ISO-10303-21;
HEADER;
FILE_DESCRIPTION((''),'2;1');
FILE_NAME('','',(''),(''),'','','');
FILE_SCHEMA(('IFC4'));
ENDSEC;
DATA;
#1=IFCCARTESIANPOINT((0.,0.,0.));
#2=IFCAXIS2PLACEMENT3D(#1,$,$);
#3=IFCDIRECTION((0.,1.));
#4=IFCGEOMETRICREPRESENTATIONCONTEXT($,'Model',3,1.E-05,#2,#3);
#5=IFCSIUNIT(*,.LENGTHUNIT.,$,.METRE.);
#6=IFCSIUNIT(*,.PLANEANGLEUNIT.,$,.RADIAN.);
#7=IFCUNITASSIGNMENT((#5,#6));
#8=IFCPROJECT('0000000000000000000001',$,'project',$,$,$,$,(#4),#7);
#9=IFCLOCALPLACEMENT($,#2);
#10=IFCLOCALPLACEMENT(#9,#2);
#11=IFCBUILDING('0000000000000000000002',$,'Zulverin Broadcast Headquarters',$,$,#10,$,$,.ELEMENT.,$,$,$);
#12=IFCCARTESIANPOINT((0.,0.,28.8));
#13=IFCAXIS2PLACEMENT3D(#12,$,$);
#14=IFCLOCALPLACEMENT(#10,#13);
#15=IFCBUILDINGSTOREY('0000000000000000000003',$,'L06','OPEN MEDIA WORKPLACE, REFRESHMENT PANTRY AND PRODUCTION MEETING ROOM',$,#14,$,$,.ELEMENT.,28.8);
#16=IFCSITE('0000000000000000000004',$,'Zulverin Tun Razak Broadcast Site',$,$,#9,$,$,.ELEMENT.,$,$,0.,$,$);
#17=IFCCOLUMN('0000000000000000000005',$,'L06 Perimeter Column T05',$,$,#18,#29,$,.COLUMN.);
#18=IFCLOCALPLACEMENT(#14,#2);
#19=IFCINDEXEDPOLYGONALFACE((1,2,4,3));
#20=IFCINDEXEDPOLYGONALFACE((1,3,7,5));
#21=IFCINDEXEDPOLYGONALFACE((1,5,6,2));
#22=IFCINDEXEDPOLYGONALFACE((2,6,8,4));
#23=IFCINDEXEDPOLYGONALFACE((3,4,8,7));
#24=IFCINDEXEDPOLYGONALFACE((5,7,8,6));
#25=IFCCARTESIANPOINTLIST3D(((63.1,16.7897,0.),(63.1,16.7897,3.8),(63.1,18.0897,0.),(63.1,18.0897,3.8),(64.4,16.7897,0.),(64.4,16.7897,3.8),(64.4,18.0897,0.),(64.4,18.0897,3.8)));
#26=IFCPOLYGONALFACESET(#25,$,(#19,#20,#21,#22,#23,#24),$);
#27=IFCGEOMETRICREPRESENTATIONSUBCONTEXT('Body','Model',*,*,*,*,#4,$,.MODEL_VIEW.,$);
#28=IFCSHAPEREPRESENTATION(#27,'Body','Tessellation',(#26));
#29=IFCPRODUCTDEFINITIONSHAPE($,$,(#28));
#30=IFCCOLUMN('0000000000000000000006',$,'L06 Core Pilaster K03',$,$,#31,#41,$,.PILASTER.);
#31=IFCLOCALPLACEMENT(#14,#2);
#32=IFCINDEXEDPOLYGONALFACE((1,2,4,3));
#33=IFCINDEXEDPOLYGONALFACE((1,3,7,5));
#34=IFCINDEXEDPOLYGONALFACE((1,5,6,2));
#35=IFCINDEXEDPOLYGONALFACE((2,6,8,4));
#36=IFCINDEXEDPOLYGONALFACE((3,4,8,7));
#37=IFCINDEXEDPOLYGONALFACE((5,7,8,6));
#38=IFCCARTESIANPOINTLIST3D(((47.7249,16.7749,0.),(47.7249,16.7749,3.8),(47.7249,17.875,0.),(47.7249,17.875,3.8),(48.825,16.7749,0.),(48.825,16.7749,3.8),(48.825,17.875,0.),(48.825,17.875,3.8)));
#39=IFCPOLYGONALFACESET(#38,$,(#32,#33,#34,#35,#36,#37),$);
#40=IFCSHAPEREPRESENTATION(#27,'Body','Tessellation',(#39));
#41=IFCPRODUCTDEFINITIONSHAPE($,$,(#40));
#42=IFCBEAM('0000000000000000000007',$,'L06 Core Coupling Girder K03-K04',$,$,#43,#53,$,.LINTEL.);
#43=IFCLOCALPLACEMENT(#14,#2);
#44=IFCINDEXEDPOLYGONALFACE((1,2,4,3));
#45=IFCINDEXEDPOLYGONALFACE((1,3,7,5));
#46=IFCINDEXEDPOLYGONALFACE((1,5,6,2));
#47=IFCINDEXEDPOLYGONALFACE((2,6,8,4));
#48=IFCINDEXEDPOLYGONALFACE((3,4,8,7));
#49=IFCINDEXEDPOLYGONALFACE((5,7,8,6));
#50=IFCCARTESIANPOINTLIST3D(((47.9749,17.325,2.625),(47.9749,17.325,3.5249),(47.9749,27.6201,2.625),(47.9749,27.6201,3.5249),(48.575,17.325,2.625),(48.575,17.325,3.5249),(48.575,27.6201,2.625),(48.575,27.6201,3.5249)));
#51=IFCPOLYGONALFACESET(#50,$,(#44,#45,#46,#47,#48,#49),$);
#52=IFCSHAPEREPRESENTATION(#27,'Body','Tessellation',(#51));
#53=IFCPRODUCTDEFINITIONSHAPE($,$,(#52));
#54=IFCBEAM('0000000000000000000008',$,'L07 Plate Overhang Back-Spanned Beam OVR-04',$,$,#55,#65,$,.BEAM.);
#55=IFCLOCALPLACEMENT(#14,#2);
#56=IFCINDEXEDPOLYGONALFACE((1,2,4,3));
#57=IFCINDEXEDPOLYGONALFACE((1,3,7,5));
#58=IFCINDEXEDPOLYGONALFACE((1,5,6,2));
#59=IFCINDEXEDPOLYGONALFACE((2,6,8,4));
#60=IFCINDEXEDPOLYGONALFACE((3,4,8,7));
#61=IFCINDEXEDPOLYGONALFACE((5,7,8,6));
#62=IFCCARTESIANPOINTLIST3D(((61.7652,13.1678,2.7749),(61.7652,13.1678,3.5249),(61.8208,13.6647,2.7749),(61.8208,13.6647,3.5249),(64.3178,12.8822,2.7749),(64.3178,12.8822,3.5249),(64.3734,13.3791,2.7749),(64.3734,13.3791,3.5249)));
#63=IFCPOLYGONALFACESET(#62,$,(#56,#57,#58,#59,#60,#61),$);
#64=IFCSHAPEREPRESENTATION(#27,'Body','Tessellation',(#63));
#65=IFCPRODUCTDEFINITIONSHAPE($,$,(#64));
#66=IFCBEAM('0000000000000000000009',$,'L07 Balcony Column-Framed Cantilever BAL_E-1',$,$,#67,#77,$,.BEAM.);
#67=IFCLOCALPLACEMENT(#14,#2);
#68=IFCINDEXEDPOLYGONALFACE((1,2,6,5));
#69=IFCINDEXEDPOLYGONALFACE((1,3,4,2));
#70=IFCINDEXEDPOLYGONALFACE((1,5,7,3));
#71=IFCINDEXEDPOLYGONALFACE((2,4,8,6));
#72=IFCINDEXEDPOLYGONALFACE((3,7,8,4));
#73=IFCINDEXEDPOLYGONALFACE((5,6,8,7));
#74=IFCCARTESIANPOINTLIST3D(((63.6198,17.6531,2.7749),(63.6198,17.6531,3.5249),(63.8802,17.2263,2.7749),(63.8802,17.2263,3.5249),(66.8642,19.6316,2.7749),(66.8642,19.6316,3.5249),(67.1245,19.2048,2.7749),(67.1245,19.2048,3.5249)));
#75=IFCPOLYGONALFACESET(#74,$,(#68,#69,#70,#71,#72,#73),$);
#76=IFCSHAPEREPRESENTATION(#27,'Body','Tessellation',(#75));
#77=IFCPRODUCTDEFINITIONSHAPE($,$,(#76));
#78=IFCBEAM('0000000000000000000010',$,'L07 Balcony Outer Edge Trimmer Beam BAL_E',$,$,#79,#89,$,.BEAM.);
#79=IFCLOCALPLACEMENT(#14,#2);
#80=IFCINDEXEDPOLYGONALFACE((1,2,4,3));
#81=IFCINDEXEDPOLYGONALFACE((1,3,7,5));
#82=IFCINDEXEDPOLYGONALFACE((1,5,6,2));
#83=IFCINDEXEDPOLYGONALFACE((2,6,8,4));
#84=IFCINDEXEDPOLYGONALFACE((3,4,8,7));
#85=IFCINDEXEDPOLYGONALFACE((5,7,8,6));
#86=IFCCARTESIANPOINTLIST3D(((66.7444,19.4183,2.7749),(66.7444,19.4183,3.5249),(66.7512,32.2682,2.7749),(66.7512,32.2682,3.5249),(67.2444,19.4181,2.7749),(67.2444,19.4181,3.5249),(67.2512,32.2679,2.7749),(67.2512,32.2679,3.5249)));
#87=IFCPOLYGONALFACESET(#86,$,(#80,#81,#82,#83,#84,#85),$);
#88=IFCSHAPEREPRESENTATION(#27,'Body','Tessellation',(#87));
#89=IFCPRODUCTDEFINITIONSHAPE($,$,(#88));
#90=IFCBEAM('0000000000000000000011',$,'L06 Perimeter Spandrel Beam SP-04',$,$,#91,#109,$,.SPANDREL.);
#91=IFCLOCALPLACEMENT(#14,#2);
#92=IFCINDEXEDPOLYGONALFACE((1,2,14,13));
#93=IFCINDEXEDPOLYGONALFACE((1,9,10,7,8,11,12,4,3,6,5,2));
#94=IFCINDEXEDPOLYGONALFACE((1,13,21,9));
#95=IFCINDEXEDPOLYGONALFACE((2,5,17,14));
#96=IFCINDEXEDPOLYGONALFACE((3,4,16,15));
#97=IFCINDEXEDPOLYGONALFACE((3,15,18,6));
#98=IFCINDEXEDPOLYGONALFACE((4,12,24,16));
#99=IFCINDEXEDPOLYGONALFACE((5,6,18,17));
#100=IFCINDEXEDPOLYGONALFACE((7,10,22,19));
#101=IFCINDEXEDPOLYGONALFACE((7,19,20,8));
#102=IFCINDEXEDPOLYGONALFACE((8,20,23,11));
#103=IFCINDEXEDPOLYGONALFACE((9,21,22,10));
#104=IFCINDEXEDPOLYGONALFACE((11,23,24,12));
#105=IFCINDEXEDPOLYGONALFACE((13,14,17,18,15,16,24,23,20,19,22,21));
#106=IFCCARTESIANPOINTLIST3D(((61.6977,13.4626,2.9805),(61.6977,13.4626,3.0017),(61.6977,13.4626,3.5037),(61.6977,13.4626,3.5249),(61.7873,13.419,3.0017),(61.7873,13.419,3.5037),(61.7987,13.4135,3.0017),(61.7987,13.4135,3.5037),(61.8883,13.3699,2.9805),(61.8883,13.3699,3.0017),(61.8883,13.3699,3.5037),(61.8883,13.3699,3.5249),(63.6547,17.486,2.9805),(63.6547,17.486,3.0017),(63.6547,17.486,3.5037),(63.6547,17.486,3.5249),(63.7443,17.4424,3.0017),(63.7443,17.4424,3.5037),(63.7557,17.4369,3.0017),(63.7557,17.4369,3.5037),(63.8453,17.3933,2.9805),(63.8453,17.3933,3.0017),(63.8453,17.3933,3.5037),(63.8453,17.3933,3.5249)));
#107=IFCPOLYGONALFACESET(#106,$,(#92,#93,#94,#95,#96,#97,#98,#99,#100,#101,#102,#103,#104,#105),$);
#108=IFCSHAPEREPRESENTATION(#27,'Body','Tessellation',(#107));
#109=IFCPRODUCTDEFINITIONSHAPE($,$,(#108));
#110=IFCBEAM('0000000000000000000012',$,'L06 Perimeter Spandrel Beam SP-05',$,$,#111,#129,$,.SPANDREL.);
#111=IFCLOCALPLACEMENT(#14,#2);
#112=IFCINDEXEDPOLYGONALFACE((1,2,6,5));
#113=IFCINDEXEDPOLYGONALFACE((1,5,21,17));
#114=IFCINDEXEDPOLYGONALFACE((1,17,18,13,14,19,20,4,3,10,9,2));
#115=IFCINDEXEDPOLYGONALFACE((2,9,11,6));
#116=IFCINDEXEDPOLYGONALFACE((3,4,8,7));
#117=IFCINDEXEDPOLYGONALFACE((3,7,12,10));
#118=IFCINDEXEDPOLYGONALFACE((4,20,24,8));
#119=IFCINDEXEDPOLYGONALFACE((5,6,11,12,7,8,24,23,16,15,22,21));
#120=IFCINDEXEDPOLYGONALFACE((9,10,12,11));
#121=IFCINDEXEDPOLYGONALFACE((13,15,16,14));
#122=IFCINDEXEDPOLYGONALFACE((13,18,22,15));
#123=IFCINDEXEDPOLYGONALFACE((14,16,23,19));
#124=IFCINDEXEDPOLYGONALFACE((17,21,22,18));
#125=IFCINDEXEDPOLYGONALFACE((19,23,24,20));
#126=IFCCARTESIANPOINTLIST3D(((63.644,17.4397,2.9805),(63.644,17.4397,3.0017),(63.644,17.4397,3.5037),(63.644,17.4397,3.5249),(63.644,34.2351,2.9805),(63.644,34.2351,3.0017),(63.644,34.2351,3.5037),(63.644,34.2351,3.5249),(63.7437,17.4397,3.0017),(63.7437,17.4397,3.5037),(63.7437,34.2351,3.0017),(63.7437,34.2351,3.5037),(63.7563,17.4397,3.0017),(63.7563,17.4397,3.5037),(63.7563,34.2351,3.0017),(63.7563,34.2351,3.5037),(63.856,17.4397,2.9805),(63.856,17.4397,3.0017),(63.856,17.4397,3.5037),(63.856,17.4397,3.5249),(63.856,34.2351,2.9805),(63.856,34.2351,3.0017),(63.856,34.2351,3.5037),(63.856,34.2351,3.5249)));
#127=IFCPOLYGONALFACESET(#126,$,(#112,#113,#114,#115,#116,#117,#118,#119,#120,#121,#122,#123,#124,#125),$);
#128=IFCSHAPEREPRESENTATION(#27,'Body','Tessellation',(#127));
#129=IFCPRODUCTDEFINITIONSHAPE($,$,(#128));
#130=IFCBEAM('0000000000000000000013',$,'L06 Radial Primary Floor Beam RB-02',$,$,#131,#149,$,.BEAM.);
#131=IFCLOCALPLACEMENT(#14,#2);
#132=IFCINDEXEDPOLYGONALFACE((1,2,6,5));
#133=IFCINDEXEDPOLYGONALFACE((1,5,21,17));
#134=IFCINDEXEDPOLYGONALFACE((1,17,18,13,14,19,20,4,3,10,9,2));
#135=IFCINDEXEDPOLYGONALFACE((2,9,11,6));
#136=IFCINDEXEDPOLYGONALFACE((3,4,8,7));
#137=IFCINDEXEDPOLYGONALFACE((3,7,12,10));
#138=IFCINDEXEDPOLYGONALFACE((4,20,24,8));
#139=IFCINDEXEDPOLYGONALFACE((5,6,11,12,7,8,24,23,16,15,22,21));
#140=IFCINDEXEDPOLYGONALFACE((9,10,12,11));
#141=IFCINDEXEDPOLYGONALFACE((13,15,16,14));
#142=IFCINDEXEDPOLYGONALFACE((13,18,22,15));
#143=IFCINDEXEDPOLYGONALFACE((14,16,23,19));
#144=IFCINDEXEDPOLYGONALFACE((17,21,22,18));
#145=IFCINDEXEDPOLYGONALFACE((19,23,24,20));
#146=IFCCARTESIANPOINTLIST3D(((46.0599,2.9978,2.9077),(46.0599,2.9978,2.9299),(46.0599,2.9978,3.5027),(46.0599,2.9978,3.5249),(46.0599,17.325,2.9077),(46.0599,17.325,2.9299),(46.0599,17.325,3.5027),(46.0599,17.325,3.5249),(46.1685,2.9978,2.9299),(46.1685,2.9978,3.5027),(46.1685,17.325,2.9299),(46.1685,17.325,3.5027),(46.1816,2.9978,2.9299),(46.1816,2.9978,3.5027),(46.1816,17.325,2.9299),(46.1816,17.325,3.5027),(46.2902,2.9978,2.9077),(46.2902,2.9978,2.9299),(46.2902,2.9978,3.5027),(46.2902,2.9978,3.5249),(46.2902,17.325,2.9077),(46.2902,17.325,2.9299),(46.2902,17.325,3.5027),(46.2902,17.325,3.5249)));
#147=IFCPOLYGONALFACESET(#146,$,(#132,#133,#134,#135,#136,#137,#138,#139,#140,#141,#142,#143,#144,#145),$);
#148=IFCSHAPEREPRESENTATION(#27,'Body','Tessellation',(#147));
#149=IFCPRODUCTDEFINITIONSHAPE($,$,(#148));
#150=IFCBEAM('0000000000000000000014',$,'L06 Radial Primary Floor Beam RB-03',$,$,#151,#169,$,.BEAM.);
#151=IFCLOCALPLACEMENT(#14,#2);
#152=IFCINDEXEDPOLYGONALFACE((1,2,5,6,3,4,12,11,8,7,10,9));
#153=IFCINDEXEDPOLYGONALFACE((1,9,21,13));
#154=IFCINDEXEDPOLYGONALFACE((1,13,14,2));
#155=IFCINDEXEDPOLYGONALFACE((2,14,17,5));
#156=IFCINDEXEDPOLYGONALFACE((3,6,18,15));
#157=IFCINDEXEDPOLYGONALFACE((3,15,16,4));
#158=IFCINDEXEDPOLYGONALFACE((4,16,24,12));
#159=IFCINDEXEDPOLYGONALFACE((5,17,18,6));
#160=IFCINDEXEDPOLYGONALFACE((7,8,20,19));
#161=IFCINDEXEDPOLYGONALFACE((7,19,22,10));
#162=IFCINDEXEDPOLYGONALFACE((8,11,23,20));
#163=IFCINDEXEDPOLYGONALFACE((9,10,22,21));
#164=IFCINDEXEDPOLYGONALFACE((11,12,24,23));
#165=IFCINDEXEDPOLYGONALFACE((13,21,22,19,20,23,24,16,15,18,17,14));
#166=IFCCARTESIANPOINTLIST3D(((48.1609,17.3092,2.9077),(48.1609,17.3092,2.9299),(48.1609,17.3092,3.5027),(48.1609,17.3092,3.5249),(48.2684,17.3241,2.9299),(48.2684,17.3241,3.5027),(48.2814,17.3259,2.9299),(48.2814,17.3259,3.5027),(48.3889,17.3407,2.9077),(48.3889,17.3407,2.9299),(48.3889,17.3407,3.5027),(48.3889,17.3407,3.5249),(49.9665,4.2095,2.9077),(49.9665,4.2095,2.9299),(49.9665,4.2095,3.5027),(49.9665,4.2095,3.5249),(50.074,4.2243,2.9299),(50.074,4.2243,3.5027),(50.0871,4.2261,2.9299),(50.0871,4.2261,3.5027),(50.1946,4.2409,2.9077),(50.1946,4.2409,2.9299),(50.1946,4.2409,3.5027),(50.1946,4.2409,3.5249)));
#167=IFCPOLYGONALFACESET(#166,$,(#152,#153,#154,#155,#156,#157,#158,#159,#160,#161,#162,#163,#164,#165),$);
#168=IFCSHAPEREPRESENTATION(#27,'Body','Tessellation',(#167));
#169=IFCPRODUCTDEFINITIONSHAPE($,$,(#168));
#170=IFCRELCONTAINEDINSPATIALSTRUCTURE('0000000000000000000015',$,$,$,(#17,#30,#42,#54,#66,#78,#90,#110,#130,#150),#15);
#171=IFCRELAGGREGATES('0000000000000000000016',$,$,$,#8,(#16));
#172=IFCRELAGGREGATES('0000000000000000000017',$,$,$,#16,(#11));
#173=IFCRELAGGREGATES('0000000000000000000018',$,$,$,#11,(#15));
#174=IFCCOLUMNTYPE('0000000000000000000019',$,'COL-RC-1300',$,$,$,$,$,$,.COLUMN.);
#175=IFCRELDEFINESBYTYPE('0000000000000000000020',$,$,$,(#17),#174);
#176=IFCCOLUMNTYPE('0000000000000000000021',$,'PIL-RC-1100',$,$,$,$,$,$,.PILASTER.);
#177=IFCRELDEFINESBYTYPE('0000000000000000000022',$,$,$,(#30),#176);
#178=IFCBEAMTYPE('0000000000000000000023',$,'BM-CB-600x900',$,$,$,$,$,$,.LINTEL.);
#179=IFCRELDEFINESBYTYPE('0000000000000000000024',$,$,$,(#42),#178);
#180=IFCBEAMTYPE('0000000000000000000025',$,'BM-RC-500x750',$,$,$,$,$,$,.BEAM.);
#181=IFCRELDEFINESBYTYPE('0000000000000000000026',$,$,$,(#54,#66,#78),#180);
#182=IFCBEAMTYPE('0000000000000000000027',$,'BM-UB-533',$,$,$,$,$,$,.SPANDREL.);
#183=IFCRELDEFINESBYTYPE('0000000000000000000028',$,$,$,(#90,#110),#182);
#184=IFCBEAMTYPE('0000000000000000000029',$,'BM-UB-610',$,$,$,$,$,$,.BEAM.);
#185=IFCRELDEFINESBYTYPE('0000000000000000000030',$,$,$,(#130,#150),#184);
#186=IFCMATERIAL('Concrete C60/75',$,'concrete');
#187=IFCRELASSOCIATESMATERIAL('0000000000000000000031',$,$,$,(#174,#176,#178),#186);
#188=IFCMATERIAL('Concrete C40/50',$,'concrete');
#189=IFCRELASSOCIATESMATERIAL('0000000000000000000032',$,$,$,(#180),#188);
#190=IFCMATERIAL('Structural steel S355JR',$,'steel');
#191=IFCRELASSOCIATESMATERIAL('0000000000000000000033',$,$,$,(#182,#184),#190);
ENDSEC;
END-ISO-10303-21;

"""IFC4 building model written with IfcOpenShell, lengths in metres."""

from ifc_helpers import new_model, si_unit, direction, frame, origin, origin_2d, place, context, subcontext, project, spatial, rectangle, i_section, extrude, material, material_profile, profile_set, type_object, element, save


model = new_model("IFC4")

# Units and contexts
model_context = context("Model", 3, precision=1e-05, world=origin(), true_north=direction((0.0, 1.0)))
body_context = subcontext(model_context, "Body", "Model", "MODEL_VIEW")
ifc_project = project(units=[si_unit("LENGTHUNIT", "METRE"), si_unit("PLANEANGLEUNIT", "RADIAN")], contexts=[model_context])

# Site, building, storey
site_placement = place(None, origin())
site = spatial("IfcSite", under=ifc_project, at=site_placement, Name="Zulverin Tun Razak Broadcast Site", CompositionType="ELEMENT", RefElevation=0.0)
building_placement = place(site_placement, origin())
building = spatial("IfcBuilding", under=site, at=building_placement, Name="Zulverin Broadcast Headquarters", CompositionType="ELEMENT")
storey_placement = place(building_placement, frame((0.0, 0.0, 28.8)))
storey = spatial("IfcBuildingStorey", under=building, at=storey_placement, Name="L06", Description="OPEN MEDIA WORKPLACE, REFRESHMENT PANTRY AND PRODUCTION MEETING ROOM", CompositionType="ELEMENT", Elevation=28.8)

# Columns
ifc_material_1 = material(Name="Concrete C60/75", Category="concrete")
ifc_material_profile_1 = material_profile(ifc_material_1, rectangle(XDim=1.3, YDim=1.3, at=origin_2d()), Name="Concrete C60/75", Category="concrete")
ifc_profile_set_1 = profile_set([ifc_material_profile_1], Name="Concrete C60/75")
column_type_1 = type_object("IfcColumnType", Name="COL-RC-1300", PredefinedType="COLUMN", material=ifc_profile_set_1)
column_1_placement = place(storey_placement, frame((63.75, 17.4397, 0.0), z_axis=(0.0, 0.0, 1.0), x_axis=(1.0, 0.0, 0.0)))
element("IfcColumn", 1, at=column_1_placement, inside=storey, type_object=column_type_1, Name="L06 Perimeter Column T05", PredefinedType="COLUMN", context=body_context, shape_type="SweptSolid", body=[
    extrude(rectangle(XDim=1.3, YDim=1.3, at=origin_2d()), origin(), (0.0, 0.0, 1.0), 3.8),
])
ifc_material_profile_2 = material_profile(ifc_material_1, rectangle(XDim=1.1001, YDim=1.1001, at=origin_2d()), Name="Concrete C60/75", Category="concrete")
ifc_profile_set_2 = profile_set([ifc_material_profile_2], Name="Concrete C60/75")
column_type_2 = type_object("IfcColumnType", Name="PIL-RC-1100", PredefinedType="PILASTER", material=ifc_profile_set_2)
column_2_placement = place(storey_placement, frame((48.2749, 17.325, 0.0), z_axis=(0.0, 0.0, 1.0), x_axis=(1.0, 0.0, 0.0)))
element("IfcColumn", 2, at=column_2_placement, inside=storey, type_object=column_type_2, Name="L06 Core Pilaster K03", PredefinedType="PILASTER", context=body_context, shape_type="SweptSolid", body=[
    extrude(rectangle(XDim=1.1001, YDim=1.1001, at=origin_2d()), origin(), (0.0, 0.0, 1.0), 3.8),
])

# Beams
ifc_material_profile_3 = material_profile(ifc_material_1, rectangle(XDim=0.6001, YDim=0.8999, at=origin_2d()), Name="Concrete C60/75", Category="concrete")
ifc_profile_set_3 = profile_set([ifc_material_profile_3], Name="Concrete C60/75")
beam_type_1 = type_object("IfcBeamType", Name="BM-CB-600x900", PredefinedType="LINTEL", material=ifc_profile_set_3)
beam_1_placement = place(storey_placement, frame((48.2749, 17.325, 3.075), z_axis=(0.0, 1.0, 0.0), x_axis=(-1.0, 0.0, 0.0)))
element("IfcBeam", 3, at=beam_1_placement, inside=storey, type_object=beam_type_1, Name="L06 Core Coupling Girder K03-K04", PredefinedType="LINTEL", context=body_context, shape_type="SweptSolid", body=[
    extrude(rectangle(XDim=0.6001, YDim=0.8999, at=origin_2d()), origin(), (0.0, 0.0, 1.0), 10.2952),
])
ifc_material_2 = material(Name="Concrete C40/50", Category="concrete")
ifc_material_profile_4 = material_profile(ifc_material_2, rectangle(XDim=0.5, YDim=0.75, at=origin_2d()), Name="Concrete C40/50", Category="concrete")
ifc_profile_set_4 = profile_set([ifc_material_profile_4], Name="Concrete C40/50")
beam_type_2 = type_object("IfcBeamType", Name="BM-RC-500x750", PredefinedType="BEAM", material=ifc_profile_set_4)
beam_2_placement = place(storey_placement, frame((61.793, 13.4163, 3.1499), z_axis=(0.993798, -0.111203, 0.0), x_axis=(0.111203, 0.993798, 0.0)))
element("IfcBeam", 4, at=beam_2_placement, inside=storey, type_object=beam_type_2, Name="L07 Plate Overhang Back-Spanned Beam OVR-04", PredefinedType="BEAM", context=body_context, shape_type="SweptSolid", body=[
    extrude(rectangle(XDim=0.5, YDim=0.75, at=origin_2d()), origin(), (0.0, 0.0, 1.0), 2.5686),
])
beam_3_placement = place(storey_placement, frame((63.75, 17.4397, 3.1499), z_axis=(0.853769, 0.520652, 0.0), x_axis=(-0.520652, 0.853769, 0.0)))
element("IfcBeam", 5, at=beam_3_placement, inside=storey, type_object=beam_type_2, Name="L07 Balcony Column-Framed Cantilever BAL_E-1", PredefinedType="BEAM", context=body_context, shape_type="SweptSolid", body=[
    extrude(rectangle(XDim=0.5, YDim=0.75, at=origin_2d()), origin(), (0.0, 0.0, 1.0), 3.8),
])
beam_4_placement = place(storey_placement, frame((66.9944, 19.4182, 3.1499), z_axis=(0.000532, 1.0, 0.0), x_axis=(-1.0, 0.000532, 0.0)))
element("IfcBeam", 6, at=beam_4_placement, inside=storey, type_object=beam_type_2, Name="L07 Balcony Outer Edge Trimmer Beam BAL_E", PredefinedType="BEAM", context=body_context, shape_type="SweptSolid", body=[
    extrude(rectangle(XDim=0.5, YDim=0.75, at=origin_2d()), origin(), (0.0, 0.0, 1.0), 12.8499),
])
ifc_material_3 = material(Name="Structural steel S355JR", Category="steel")
ifc_material_profile_5 = material_profile(ifc_material_3, i_section(OverallWidth=0.2119, OverallDepth=0.5444, WebThickness=0.0127, FlangeThickness=0.0212, at=origin_2d()), Name="Structural steel S355JR", Category="steel")
ifc_profile_set_5 = profile_set([ifc_material_profile_5], Name="Structural steel S355JR")
beam_type_3 = type_object("IfcBeamType", Name="BM-UB-533", PredefinedType="SPANDREL", material=ifc_profile_set_5)
beam_5_placement = place(storey_placement, frame((61.793, 13.4163, 3.2527), z_axis=(0.437408, 0.899263, 0.0), x_axis=(-0.899263, 0.437408, 0.0)))
element("IfcBeam", 7, at=beam_5_placement, inside=storey, type_object=beam_type_3, Name="L06 Perimeter Spandrel Beam SP-04", PredefinedType="SPANDREL", context=body_context, shape_type="SweptSolid", body=[
    extrude(i_section(OverallWidth=0.2119, OverallDepth=0.5444, WebThickness=0.0127, FlangeThickness=0.0212, at=origin_2d()), origin(), (0.0, 0.0, 1.0), 4.4741),
])
beam_6_placement = place(storey_placement, frame((63.75, 17.4397, 3.2527), z_axis=(0.0, 1.0, 0.0), x_axis=(-1.0, 0.0, 0.0)))
element("IfcBeam", 8, at=beam_6_placement, inside=storey, type_object=beam_type_3, Name="L06 Perimeter Spandrel Beam SP-05", PredefinedType="SPANDREL", context=body_context, shape_type="SweptSolid", body=[
    extrude(i_section(OverallWidth=0.2119, OverallDepth=0.5444, WebThickness=0.0127, FlangeThickness=0.0212, at=origin_2d()), origin(), (0.0, 0.0, 1.0), 16.7954),
])
ifc_material_profile_6 = material_profile(ifc_material_3, i_section(OverallWidth=0.2302, OverallDepth=0.6172, WebThickness=0.0132, FlangeThickness=0.0222, at=origin_2d()), Name="Structural steel S355JR", Category="steel")
ifc_profile_set_6 = profile_set([ifc_material_profile_6], Name="Structural steel S355JR")
beam_type_4 = type_object("IfcBeamType", Name="BM-UB-610", PredefinedType="BEAM", material=ifc_profile_set_6)
beam_7_placement = place(storey_placement, frame((46.175, 17.325, 3.2163), z_axis=(0.0, -1.0, 0.0), x_axis=(1.0, 0.0, 0.0)))
element("IfcBeam", 9, at=beam_7_placement, inside=storey, type_object=beam_type_4, Name="L06 Radial Primary Floor Beam RB-02", PredefinedType="BEAM", context=body_context, shape_type="SweptSolid", body=[
    extrude(i_section(OverallWidth=0.2302, OverallDepth=0.6172, WebThickness=0.0132, FlangeThickness=0.0222, at=origin_2d()), origin(), (0.0, 0.0, 1.0), 14.3271),
])
beam_8_placement = place(storey_placement, frame((48.2749, 17.325, 3.2163), z_axis=(0.136547, -0.990634, 0.0), x_axis=(0.990634, 0.136547, 0.0)))
element("IfcBeam", 10, at=beam_8_placement, inside=storey, type_object=beam_type_4, Name="L06 Radial Primary Floor Beam RB-03", PredefinedType="BEAM", context=body_context, shape_type="SweptSolid", body=[
    extrude(i_section(OverallWidth=0.2302, OverallDepth=0.6172, WebThickness=0.0132, FlangeThickness=0.0222, at=origin_2d()), origin(), (0.0, 0.0, 1.0), 13.2236),
])

save(model, "model.ifc")
